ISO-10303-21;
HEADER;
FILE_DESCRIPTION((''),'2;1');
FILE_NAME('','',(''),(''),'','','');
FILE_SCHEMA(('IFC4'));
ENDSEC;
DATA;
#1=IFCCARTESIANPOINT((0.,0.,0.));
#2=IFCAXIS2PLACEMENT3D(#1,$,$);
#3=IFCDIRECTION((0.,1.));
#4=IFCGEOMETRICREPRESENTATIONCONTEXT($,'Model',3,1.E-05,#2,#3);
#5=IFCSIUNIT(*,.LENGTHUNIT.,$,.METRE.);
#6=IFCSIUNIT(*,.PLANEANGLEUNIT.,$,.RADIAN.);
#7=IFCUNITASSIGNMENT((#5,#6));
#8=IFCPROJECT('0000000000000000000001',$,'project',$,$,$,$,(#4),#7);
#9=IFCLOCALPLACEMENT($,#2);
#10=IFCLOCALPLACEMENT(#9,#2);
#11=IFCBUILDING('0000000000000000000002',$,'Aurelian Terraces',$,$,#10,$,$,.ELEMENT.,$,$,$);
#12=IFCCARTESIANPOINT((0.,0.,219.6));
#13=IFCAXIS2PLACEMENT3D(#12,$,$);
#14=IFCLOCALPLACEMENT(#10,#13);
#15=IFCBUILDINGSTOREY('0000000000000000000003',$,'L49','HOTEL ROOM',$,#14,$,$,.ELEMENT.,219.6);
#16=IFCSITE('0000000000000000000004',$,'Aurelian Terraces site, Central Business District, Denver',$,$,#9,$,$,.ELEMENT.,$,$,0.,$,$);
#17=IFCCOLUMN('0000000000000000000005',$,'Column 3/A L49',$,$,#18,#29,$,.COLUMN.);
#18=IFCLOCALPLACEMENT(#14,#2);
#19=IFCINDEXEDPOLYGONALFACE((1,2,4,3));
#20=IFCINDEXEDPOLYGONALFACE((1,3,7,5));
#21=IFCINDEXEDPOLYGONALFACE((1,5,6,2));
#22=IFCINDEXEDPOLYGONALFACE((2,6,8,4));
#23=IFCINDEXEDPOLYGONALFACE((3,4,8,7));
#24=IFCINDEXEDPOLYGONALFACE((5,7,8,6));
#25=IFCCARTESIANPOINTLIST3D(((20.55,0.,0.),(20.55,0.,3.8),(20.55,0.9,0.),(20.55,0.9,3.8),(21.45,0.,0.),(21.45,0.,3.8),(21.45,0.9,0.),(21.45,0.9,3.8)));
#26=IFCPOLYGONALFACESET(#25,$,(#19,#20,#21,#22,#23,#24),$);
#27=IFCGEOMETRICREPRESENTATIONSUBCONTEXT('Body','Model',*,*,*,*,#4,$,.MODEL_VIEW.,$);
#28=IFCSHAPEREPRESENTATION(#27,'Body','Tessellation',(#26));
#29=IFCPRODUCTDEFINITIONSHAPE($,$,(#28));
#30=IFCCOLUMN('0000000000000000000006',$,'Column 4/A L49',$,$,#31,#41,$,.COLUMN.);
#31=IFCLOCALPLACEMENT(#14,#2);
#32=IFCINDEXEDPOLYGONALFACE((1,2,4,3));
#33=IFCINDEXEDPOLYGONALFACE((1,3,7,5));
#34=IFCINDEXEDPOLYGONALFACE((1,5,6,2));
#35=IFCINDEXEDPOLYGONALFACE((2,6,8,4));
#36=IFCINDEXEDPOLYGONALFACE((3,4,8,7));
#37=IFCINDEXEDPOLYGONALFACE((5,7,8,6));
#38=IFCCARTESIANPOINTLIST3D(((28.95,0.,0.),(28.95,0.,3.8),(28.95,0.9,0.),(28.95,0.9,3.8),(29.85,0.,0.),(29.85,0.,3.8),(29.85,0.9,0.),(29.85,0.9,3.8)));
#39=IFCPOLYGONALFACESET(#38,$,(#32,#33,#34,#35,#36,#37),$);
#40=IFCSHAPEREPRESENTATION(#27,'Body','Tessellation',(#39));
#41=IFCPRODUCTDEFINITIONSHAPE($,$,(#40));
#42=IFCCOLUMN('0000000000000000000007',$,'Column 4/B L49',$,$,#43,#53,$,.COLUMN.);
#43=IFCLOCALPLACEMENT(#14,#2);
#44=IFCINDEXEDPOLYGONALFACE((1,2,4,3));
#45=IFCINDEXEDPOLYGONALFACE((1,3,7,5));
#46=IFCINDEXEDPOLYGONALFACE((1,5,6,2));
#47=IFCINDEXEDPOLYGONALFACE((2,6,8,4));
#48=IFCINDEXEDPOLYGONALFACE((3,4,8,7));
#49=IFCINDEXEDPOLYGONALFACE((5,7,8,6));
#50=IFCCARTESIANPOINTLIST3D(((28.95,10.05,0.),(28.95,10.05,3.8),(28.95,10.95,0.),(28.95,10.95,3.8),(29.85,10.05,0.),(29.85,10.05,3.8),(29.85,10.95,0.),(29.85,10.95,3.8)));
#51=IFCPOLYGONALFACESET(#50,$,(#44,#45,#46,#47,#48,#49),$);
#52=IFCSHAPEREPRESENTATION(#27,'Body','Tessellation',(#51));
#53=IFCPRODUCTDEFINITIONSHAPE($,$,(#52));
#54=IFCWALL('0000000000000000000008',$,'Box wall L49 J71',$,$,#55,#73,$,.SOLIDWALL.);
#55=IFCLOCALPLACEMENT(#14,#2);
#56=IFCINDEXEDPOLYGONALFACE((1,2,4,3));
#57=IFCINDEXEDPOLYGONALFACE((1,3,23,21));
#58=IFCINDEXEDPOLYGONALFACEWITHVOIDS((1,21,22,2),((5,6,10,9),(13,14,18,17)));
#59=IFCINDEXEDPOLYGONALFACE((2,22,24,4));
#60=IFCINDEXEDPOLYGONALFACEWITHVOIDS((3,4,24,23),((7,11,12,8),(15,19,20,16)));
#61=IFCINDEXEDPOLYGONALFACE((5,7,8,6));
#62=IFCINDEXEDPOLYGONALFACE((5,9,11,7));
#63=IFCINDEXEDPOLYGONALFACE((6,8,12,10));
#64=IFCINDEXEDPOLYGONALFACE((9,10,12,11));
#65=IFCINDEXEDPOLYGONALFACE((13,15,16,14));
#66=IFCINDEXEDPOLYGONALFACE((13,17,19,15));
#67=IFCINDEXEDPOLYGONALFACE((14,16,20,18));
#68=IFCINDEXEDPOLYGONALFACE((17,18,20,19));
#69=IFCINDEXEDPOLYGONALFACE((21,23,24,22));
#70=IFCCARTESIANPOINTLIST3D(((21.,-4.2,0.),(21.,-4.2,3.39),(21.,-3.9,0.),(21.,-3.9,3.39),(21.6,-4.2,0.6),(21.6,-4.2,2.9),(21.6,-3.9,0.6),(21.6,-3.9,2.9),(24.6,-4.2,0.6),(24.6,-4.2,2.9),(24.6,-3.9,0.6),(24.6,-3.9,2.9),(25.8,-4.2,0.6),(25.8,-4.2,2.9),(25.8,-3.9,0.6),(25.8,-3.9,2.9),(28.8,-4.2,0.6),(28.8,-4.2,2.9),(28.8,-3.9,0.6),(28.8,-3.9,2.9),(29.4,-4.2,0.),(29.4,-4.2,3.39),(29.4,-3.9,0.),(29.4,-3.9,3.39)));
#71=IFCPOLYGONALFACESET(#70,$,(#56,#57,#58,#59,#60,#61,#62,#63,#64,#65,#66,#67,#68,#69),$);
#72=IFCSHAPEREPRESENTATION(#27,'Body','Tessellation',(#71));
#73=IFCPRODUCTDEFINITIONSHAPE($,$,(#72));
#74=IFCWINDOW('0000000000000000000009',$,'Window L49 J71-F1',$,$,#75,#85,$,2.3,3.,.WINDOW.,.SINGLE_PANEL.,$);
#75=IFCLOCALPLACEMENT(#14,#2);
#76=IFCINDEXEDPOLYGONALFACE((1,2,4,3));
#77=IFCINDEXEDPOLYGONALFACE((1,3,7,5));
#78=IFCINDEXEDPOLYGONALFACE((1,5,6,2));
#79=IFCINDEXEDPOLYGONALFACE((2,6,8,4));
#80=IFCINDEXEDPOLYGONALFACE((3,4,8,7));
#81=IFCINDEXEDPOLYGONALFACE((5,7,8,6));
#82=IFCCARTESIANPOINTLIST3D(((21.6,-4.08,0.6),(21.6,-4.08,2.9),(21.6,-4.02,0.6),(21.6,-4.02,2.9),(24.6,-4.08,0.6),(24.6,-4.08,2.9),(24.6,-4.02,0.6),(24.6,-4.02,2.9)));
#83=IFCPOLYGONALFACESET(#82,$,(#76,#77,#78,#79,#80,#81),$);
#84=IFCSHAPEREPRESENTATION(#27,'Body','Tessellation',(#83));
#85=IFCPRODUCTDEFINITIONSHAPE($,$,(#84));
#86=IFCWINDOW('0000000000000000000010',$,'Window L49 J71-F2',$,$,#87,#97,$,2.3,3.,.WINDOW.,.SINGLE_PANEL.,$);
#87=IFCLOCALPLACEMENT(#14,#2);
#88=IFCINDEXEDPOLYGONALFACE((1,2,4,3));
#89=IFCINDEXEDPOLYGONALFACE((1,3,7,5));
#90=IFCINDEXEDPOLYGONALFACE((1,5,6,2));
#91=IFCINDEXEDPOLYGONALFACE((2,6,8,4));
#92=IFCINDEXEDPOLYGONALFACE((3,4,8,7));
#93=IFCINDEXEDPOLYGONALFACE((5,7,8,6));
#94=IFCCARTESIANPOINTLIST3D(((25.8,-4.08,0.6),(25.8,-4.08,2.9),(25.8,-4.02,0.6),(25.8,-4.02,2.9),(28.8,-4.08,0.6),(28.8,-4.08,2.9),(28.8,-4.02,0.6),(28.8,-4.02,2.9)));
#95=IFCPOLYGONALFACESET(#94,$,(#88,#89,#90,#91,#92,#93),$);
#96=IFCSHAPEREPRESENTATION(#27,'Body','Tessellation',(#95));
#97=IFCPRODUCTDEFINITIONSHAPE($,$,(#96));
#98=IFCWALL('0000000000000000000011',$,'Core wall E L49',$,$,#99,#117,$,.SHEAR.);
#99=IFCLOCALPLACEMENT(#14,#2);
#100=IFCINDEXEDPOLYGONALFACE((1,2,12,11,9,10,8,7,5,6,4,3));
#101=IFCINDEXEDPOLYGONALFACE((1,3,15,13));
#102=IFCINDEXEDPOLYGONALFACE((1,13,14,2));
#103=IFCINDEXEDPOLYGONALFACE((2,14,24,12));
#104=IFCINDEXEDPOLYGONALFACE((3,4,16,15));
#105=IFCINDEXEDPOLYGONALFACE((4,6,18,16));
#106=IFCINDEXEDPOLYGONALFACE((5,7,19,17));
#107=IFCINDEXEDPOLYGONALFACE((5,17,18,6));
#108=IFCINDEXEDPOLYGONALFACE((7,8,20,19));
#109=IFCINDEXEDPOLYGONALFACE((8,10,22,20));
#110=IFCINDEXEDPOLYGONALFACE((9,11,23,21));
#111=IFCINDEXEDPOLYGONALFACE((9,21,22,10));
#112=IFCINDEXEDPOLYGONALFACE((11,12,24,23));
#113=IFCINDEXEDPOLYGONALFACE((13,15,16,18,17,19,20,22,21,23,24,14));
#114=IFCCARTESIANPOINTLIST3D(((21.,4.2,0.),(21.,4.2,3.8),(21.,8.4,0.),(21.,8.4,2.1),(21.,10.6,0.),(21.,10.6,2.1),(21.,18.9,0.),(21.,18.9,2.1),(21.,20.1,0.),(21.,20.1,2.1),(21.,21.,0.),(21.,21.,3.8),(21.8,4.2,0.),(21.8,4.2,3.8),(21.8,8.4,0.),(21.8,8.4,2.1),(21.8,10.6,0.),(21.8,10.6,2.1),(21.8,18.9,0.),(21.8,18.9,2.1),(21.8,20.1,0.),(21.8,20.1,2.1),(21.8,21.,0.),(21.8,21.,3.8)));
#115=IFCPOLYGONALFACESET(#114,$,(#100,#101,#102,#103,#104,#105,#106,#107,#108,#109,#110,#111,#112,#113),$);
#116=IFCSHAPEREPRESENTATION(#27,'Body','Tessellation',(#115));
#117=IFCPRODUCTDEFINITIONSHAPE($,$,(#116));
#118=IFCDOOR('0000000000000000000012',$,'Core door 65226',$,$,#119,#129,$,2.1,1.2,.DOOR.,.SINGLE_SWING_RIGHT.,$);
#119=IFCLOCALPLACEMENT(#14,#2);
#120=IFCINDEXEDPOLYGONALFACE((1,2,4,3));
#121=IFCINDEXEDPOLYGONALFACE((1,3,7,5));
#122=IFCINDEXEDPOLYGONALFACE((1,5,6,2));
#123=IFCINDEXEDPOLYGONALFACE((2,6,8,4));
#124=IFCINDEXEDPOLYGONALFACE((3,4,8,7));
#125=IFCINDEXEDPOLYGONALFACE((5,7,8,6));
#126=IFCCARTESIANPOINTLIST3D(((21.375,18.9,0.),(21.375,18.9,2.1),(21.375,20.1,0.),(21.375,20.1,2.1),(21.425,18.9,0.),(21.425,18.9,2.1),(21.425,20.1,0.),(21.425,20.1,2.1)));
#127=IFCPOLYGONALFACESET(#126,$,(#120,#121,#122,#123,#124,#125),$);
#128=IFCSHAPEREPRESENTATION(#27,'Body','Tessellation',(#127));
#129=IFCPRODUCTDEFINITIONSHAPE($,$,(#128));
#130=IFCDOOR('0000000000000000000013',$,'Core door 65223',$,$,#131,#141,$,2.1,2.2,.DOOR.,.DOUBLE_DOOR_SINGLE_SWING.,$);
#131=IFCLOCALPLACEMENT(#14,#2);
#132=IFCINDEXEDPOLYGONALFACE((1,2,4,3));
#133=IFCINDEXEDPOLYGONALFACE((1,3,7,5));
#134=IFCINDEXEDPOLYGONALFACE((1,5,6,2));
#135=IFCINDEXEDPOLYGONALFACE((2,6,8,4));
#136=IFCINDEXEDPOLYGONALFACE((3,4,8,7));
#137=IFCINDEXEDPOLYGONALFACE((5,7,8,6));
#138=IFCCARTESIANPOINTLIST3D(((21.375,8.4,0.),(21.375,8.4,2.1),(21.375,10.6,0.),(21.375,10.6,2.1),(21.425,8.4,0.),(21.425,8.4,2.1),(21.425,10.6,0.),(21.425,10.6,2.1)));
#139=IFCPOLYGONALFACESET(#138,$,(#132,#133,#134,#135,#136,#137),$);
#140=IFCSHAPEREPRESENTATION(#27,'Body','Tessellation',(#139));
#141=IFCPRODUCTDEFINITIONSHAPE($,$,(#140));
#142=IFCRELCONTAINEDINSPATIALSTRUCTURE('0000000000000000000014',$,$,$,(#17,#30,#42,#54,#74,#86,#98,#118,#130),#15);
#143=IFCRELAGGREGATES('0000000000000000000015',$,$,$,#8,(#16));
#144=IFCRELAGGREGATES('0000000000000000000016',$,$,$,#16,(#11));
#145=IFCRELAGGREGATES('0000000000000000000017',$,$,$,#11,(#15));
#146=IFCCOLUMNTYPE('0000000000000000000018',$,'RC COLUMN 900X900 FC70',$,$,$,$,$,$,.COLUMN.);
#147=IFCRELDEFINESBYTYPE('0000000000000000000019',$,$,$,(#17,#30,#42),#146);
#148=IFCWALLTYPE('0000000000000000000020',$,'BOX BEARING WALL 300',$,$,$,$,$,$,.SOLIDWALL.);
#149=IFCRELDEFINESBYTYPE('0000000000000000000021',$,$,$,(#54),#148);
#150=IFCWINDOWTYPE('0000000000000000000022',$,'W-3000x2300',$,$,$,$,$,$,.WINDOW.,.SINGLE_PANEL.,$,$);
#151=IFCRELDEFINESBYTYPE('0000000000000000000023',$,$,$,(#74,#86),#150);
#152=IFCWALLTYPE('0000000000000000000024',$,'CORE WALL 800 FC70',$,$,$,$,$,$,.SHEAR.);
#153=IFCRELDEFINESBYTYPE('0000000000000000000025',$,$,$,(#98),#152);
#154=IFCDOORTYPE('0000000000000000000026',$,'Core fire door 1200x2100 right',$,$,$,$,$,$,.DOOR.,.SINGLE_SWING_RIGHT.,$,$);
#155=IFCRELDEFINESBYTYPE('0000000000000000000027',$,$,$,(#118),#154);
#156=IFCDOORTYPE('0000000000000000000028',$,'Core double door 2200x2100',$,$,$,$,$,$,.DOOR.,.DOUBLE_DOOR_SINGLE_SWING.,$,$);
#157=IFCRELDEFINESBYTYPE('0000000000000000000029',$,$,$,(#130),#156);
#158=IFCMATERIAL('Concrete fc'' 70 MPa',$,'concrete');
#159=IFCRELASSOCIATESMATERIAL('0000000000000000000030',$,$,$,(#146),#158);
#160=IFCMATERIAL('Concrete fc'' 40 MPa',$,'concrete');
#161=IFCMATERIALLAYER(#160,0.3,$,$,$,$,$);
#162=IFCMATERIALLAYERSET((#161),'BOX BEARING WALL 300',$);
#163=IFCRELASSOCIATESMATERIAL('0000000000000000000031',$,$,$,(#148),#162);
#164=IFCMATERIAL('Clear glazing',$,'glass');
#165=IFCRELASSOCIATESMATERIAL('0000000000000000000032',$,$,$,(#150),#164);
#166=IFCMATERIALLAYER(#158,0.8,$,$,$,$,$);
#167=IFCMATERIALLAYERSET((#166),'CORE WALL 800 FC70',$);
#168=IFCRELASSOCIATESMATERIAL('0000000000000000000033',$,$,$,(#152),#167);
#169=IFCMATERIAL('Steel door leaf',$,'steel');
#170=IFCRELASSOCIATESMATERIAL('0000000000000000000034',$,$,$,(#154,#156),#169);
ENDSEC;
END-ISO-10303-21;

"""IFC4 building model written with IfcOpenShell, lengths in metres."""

from ifc_helpers import new_model, si_unit, direction, frame, frame_2d, origin, origin_2d, place, context, subcontext, project, spatial, rectangle, extrude, source, transform, mapped, material, layer, layer_set, material_profile, profile_set, type_object, element, fill, save


model = new_model("IFC4")

# Units and contexts
model_context = context("Model", 3, precision=1e-05, world=origin(), true_north=direction((0.0, 1.0)))
body_context = subcontext(model_context, "Body", "Model", "MODEL_VIEW")
ifc_project = project(units=[si_unit("LENGTHUNIT", "METRE"), si_unit("PLANEANGLEUNIT", "RADIAN")], contexts=[model_context])

# Site, building, storey
site_placement = place(None, origin())
site = spatial("IfcSite", under=ifc_project, at=site_placement, Name="Aurelian Terraces site, Central Business District, Denver", CompositionType="ELEMENT", RefElevation=0.0)
building_placement = place(site_placement, origin())
building = spatial("IfcBuilding", under=site, at=building_placement, Name="Aurelian Terraces", CompositionType="ELEMENT")
storey_placement = place(building_placement, frame((0.0, 0.0, 219.6)))
storey = spatial("IfcBuildingStorey", under=building, at=storey_placement, Name="L49", Description="HOTEL ROOM", CompositionType="ELEMENT", Elevation=219.6)

# Columns
ifc_material_1 = material(Name="Concrete fc' 70 MPa", Category="concrete")
ifc_material_profile = material_profile(ifc_material_1, rectangle(XDim=0.9, YDim=0.9, at=origin_2d()))
ifc_profile_set = profile_set([ifc_material_profile], Name="Concrete fc' 70 MPa")
column_type = type_object("IfcColumnType", Name="RC COLUMN 900X900 FC70", PredefinedType="COLUMN", material=ifc_profile_set)
shared_shape_1 = source(origin(), body_context, "Body", "SweptSolid", [
    extrude(rectangle(XDim=0.9, YDim=0.9, at=origin_2d()), origin(), (0.0, 0.0, 1.0), 3.8),
])
for number, where, z_axis, x_axis, name in (
    (1, (21.0, 0.45, 0.0), (0.0, 0.0, 1.0), (1.0, 0.0, 0.0), "Column 3/A L49"),
    (2, (29.4, 0.45, 0.0), (0.0, 0.0, 1.0), (1.0, 0.0, 0.0), "Column 4/A L49"),
    (3, (29.4, 10.5, 0.0), (0.0, 0.0, 1.0), (1.0, 0.0, 0.0), "Column 4/B L49"),
):
    element("IfcColumn", number, at=place(storey_placement, frame(where, z_axis=z_axis, x_axis=x_axis)), inside=storey, type_object=column_type, Name=name, PredefinedType="COLUMN", context=body_context, shape_type="MappedRepresentation", body=[
        mapped(shared_shape_1, transform((0.0, 0.0, 0.0), scale=1.0)),
    ])

# Wall, openings, windows
ifc_material_2 = material(Name="Concrete fc' 40 MPa", Category="concrete")
ifc_layer_1 = layer(ifc_material_2, 0.3)
ifc_layer_set_1 = layer_set([ifc_layer_1], Name="BOX BEARING WALL 300")
wall_type_1 = type_object("IfcWallType", Name="BOX BEARING WALL 300", PredefinedType="SOLIDWALL", material=ifc_layer_set_1)
wall_1_placement = place(storey_placement, frame((21.0, -4.05, 0.0), z_axis=(0.0, 0.0, 1.0), x_axis=(1.0, 0.0, 0.0)))
wall_1 = element("IfcWall", 4, at=wall_1_placement, inside=storey, type_object=wall_type_1, Name="Box wall L49 J71", PredefinedType="SOLIDWALL", context=body_context, shape_type="SweptSolid", body=[
    extrude(rectangle(XDim=8.4, YDim=0.3, at=frame_2d((4.2, 0.0))), origin(), (0.0, 0.0, 1.0), 3.39),
])
shared_shape_2 = source(origin(), body_context, "Body", "SweptSolid", [
    extrude(rectangle(XDim=3.0, YDim=2.3, at=frame_2d((1.5, 1.15))), frame((0.0, 0.16, 0.0), z_axis=(0.0, -1.0, 0.0), x_axis=(1.0, 0.0, 0.0)), (0.0, 0.0, 1.0), 0.32),
])
opening_1_placement = place(wall_1_placement, frame((0.6, 0.0, 0.6)))
opening_1 = element("IfcOpeningElement", 5, at=opening_1_placement, cuts=wall_1, PredefinedType="OPENING", context=body_context, shape_type="MappedRepresentation", body=[
    mapped(shared_shape_2, transform((0.0, 0.0, 0.0), scale=1.0)),
])
opening_2_placement = place(wall_1_placement, frame((4.8, 0.0, 0.6)))
opening_2 = element("IfcOpeningElement", 6, at=opening_2_placement, cuts=wall_1, PredefinedType="OPENING", context=body_context, shape_type="MappedRepresentation", body=[
    mapped(shared_shape_2, transform((0.0, 0.0, 0.0), scale=1.0)),
])
ifc_material_3 = material(Name="Clear glazing", Category="glass")
window_type_1 = type_object("IfcWindowType", Name="W-3000x2300", PartitioningType="SINGLE_PANEL", PredefinedType="WINDOW", material=ifc_material_3)
shared_shape_3 = source(origin(), body_context, "Body", "SweptSolid", [
    extrude(rectangle(XDim=3.0, YDim=2.3, at=frame_2d((1.5, 1.15))), frame((0.0, 0.03, 0.0), z_axis=(0.0, -1.0, 0.0), x_axis=(1.0, 0.0, 0.0)), (0.0, 0.0, 1.0), 0.06),
])
window_1_placement = place(opening_1_placement, origin())
window_1 = element("IfcWindow", 7, at=window_1_placement, inside=storey, type_object=window_type_1, Name="Window L49 J71-F1", OverallHeight=2.3, OverallWidth=3.0, PartitioningType="SINGLE_PANEL", PredefinedType="WINDOW", context=body_context, shape_type="MappedRepresentation", body=[
    mapped(shared_shape_3, transform((0.0, 0.0, 0.0), scale=1.0)),
])
fill(opening_1, window_1)
window_2_placement = place(opening_2_placement, origin())
window_2 = element("IfcWindow", 8, at=window_2_placement, inside=storey, type_object=window_type_1, Name="Window L49 J71-F2", OverallHeight=2.3, OverallWidth=3.0, PartitioningType="SINGLE_PANEL", PredefinedType="WINDOW", context=body_context, shape_type="MappedRepresentation", body=[
    mapped(shared_shape_3, transform((0.0, 0.0, 0.0), scale=1.0)),
])
fill(opening_2, window_2)

# Wall, openings, doors
ifc_layer_2 = layer(ifc_material_1, 0.8)
ifc_layer_set_2 = layer_set([ifc_layer_2], Name="CORE WALL 800 FC70")
wall_type_2 = type_object("IfcWallType", Name="CORE WALL 800 FC70", PredefinedType="SHEAR", material=ifc_layer_set_2)
shared_shape_4 = source(origin(), body_context, "Body", "SweptSolid", [
    extrude(rectangle(XDim=16.8, YDim=0.8, at=frame_2d((8.4, 0.0))), origin(), (0.0, 0.0, 1.0), 3.8),
])
wall_2_placement = place(storey_placement, frame((21.4, 4.2, 0.0), z_axis=(0.0, 0.0, 1.0), x_axis=(0.0, 1.0, 0.0)))
wall_2 = element("IfcWall", 9, at=wall_2_placement, inside=storey, type_object=wall_type_2, Name="Core wall E L49", PredefinedType="SHEAR", context=body_context, shape_type="MappedRepresentation", body=[
    mapped(shared_shape_4, transform((0.0, 0.0, 0.0), scale=1.0)),
])
shared_shape_5 = source(origin(), body_context, "Body", "SweptSolid", [
    extrude(rectangle(XDim=2.2, YDim=2.1, at=frame_2d((1.1, 1.05))), frame((0.0, 0.41, 0.0), z_axis=(0.0, -1.0, 0.0), x_axis=(1.0, 0.0, 0.0)), (0.0, 0.0, 1.0), 0.82),
])
opening_3_placement = place(wall_2_placement, frame((4.2, 0.0, 0.0)))
opening_3 = element("IfcOpeningElement", 10, at=opening_3_placement, cuts=wall_2, PredefinedType="OPENING", context=body_context, shape_type="MappedRepresentation", body=[
    mapped(shared_shape_5, transform((0.0, 0.0, 0.0), scale=1.0)),
])
shared_shape_6 = source(origin(), body_context, "Body", "SweptSolid", [
    extrude(rectangle(XDim=1.2, YDim=2.1, at=frame_2d((0.6, 1.05))), frame((0.0, 0.41, 0.0), z_axis=(0.0, -1.0, 0.0), x_axis=(1.0, 0.0, 0.0)), (0.0, 0.0, 1.0), 0.82),
])
opening_4_placement = place(wall_2_placement, frame((14.7, 0.0, 0.0)))
opening_4 = element("IfcOpeningElement", 11, at=opening_4_placement, cuts=wall_2, PredefinedType="OPENING", context=body_context, shape_type="MappedRepresentation", body=[
    mapped(shared_shape_6, transform((0.0, 0.0, 0.0), scale=1.0)),
])
ifc_material_4 = material(Name="Steel door leaf", Category="steel")
door_type_1 = type_object("IfcDoorType", Name="Core fire door 1200x2100 right", OperationType="SINGLE_SWING_RIGHT", PredefinedType="DOOR", material=ifc_material_4)
shared_shape_7 = source(origin(), body_context, "Body", "SweptSolid", [
    extrude(rectangle(XDim=1.2, YDim=2.1, at=frame_2d((0.6, 1.05))), frame((0.0, 0.025, 0.0), z_axis=(0.0, -1.0, 0.0), x_axis=(1.0, 0.0, 0.0)), (0.0, 0.0, 1.0), 0.05),
])
door_1_placement = place(opening_4_placement, origin())
door_1 = element("IfcDoor", 12, at=door_1_placement, inside=storey, type_object=door_type_1, Name="Core door 65226", OperationType="SINGLE_SWING_RIGHT", OverallHeight=2.1, OverallWidth=1.2, PredefinedType="DOOR", context=body_context, shape_type="MappedRepresentation", body=[
    mapped(shared_shape_7, transform((0.0, 0.0, 0.0), scale=1.0)),
])
fill(opening_4, door_1)
door_type_2 = type_object("IfcDoorType", Name="Core double door 2200x2100", OperationType="DOUBLE_DOOR_SINGLE_SWING", PredefinedType="DOOR", material=ifc_material_4)
shared_shape_8 = source(origin(), body_context, "Body", "SweptSolid", [
    extrude(rectangle(XDim=2.2, YDim=2.1, at=frame_2d((1.1, 1.05))), frame((0.0, 0.025, 0.0), z_axis=(0.0, -1.0, 0.0), x_axis=(1.0, 0.0, 0.0)), (0.0, 0.0, 1.0), 0.05),
])
door_2_placement = place(opening_3_placement, origin())
door_2 = element("IfcDoor", 13, at=door_2_placement, inside=storey, type_object=door_type_2, Name="Core door 65223", OperationType="DOUBLE_DOOR_SINGLE_SWING", OverallHeight=2.1, OverallWidth=2.2, PredefinedType="DOOR", context=body_context, shape_type="MappedRepresentation", body=[
    mapped(shared_shape_8, transform((0.0, 0.0, 0.0), scale=1.0)),
])
fill(opening_3, door_2)

save(model, "model.ifc")
